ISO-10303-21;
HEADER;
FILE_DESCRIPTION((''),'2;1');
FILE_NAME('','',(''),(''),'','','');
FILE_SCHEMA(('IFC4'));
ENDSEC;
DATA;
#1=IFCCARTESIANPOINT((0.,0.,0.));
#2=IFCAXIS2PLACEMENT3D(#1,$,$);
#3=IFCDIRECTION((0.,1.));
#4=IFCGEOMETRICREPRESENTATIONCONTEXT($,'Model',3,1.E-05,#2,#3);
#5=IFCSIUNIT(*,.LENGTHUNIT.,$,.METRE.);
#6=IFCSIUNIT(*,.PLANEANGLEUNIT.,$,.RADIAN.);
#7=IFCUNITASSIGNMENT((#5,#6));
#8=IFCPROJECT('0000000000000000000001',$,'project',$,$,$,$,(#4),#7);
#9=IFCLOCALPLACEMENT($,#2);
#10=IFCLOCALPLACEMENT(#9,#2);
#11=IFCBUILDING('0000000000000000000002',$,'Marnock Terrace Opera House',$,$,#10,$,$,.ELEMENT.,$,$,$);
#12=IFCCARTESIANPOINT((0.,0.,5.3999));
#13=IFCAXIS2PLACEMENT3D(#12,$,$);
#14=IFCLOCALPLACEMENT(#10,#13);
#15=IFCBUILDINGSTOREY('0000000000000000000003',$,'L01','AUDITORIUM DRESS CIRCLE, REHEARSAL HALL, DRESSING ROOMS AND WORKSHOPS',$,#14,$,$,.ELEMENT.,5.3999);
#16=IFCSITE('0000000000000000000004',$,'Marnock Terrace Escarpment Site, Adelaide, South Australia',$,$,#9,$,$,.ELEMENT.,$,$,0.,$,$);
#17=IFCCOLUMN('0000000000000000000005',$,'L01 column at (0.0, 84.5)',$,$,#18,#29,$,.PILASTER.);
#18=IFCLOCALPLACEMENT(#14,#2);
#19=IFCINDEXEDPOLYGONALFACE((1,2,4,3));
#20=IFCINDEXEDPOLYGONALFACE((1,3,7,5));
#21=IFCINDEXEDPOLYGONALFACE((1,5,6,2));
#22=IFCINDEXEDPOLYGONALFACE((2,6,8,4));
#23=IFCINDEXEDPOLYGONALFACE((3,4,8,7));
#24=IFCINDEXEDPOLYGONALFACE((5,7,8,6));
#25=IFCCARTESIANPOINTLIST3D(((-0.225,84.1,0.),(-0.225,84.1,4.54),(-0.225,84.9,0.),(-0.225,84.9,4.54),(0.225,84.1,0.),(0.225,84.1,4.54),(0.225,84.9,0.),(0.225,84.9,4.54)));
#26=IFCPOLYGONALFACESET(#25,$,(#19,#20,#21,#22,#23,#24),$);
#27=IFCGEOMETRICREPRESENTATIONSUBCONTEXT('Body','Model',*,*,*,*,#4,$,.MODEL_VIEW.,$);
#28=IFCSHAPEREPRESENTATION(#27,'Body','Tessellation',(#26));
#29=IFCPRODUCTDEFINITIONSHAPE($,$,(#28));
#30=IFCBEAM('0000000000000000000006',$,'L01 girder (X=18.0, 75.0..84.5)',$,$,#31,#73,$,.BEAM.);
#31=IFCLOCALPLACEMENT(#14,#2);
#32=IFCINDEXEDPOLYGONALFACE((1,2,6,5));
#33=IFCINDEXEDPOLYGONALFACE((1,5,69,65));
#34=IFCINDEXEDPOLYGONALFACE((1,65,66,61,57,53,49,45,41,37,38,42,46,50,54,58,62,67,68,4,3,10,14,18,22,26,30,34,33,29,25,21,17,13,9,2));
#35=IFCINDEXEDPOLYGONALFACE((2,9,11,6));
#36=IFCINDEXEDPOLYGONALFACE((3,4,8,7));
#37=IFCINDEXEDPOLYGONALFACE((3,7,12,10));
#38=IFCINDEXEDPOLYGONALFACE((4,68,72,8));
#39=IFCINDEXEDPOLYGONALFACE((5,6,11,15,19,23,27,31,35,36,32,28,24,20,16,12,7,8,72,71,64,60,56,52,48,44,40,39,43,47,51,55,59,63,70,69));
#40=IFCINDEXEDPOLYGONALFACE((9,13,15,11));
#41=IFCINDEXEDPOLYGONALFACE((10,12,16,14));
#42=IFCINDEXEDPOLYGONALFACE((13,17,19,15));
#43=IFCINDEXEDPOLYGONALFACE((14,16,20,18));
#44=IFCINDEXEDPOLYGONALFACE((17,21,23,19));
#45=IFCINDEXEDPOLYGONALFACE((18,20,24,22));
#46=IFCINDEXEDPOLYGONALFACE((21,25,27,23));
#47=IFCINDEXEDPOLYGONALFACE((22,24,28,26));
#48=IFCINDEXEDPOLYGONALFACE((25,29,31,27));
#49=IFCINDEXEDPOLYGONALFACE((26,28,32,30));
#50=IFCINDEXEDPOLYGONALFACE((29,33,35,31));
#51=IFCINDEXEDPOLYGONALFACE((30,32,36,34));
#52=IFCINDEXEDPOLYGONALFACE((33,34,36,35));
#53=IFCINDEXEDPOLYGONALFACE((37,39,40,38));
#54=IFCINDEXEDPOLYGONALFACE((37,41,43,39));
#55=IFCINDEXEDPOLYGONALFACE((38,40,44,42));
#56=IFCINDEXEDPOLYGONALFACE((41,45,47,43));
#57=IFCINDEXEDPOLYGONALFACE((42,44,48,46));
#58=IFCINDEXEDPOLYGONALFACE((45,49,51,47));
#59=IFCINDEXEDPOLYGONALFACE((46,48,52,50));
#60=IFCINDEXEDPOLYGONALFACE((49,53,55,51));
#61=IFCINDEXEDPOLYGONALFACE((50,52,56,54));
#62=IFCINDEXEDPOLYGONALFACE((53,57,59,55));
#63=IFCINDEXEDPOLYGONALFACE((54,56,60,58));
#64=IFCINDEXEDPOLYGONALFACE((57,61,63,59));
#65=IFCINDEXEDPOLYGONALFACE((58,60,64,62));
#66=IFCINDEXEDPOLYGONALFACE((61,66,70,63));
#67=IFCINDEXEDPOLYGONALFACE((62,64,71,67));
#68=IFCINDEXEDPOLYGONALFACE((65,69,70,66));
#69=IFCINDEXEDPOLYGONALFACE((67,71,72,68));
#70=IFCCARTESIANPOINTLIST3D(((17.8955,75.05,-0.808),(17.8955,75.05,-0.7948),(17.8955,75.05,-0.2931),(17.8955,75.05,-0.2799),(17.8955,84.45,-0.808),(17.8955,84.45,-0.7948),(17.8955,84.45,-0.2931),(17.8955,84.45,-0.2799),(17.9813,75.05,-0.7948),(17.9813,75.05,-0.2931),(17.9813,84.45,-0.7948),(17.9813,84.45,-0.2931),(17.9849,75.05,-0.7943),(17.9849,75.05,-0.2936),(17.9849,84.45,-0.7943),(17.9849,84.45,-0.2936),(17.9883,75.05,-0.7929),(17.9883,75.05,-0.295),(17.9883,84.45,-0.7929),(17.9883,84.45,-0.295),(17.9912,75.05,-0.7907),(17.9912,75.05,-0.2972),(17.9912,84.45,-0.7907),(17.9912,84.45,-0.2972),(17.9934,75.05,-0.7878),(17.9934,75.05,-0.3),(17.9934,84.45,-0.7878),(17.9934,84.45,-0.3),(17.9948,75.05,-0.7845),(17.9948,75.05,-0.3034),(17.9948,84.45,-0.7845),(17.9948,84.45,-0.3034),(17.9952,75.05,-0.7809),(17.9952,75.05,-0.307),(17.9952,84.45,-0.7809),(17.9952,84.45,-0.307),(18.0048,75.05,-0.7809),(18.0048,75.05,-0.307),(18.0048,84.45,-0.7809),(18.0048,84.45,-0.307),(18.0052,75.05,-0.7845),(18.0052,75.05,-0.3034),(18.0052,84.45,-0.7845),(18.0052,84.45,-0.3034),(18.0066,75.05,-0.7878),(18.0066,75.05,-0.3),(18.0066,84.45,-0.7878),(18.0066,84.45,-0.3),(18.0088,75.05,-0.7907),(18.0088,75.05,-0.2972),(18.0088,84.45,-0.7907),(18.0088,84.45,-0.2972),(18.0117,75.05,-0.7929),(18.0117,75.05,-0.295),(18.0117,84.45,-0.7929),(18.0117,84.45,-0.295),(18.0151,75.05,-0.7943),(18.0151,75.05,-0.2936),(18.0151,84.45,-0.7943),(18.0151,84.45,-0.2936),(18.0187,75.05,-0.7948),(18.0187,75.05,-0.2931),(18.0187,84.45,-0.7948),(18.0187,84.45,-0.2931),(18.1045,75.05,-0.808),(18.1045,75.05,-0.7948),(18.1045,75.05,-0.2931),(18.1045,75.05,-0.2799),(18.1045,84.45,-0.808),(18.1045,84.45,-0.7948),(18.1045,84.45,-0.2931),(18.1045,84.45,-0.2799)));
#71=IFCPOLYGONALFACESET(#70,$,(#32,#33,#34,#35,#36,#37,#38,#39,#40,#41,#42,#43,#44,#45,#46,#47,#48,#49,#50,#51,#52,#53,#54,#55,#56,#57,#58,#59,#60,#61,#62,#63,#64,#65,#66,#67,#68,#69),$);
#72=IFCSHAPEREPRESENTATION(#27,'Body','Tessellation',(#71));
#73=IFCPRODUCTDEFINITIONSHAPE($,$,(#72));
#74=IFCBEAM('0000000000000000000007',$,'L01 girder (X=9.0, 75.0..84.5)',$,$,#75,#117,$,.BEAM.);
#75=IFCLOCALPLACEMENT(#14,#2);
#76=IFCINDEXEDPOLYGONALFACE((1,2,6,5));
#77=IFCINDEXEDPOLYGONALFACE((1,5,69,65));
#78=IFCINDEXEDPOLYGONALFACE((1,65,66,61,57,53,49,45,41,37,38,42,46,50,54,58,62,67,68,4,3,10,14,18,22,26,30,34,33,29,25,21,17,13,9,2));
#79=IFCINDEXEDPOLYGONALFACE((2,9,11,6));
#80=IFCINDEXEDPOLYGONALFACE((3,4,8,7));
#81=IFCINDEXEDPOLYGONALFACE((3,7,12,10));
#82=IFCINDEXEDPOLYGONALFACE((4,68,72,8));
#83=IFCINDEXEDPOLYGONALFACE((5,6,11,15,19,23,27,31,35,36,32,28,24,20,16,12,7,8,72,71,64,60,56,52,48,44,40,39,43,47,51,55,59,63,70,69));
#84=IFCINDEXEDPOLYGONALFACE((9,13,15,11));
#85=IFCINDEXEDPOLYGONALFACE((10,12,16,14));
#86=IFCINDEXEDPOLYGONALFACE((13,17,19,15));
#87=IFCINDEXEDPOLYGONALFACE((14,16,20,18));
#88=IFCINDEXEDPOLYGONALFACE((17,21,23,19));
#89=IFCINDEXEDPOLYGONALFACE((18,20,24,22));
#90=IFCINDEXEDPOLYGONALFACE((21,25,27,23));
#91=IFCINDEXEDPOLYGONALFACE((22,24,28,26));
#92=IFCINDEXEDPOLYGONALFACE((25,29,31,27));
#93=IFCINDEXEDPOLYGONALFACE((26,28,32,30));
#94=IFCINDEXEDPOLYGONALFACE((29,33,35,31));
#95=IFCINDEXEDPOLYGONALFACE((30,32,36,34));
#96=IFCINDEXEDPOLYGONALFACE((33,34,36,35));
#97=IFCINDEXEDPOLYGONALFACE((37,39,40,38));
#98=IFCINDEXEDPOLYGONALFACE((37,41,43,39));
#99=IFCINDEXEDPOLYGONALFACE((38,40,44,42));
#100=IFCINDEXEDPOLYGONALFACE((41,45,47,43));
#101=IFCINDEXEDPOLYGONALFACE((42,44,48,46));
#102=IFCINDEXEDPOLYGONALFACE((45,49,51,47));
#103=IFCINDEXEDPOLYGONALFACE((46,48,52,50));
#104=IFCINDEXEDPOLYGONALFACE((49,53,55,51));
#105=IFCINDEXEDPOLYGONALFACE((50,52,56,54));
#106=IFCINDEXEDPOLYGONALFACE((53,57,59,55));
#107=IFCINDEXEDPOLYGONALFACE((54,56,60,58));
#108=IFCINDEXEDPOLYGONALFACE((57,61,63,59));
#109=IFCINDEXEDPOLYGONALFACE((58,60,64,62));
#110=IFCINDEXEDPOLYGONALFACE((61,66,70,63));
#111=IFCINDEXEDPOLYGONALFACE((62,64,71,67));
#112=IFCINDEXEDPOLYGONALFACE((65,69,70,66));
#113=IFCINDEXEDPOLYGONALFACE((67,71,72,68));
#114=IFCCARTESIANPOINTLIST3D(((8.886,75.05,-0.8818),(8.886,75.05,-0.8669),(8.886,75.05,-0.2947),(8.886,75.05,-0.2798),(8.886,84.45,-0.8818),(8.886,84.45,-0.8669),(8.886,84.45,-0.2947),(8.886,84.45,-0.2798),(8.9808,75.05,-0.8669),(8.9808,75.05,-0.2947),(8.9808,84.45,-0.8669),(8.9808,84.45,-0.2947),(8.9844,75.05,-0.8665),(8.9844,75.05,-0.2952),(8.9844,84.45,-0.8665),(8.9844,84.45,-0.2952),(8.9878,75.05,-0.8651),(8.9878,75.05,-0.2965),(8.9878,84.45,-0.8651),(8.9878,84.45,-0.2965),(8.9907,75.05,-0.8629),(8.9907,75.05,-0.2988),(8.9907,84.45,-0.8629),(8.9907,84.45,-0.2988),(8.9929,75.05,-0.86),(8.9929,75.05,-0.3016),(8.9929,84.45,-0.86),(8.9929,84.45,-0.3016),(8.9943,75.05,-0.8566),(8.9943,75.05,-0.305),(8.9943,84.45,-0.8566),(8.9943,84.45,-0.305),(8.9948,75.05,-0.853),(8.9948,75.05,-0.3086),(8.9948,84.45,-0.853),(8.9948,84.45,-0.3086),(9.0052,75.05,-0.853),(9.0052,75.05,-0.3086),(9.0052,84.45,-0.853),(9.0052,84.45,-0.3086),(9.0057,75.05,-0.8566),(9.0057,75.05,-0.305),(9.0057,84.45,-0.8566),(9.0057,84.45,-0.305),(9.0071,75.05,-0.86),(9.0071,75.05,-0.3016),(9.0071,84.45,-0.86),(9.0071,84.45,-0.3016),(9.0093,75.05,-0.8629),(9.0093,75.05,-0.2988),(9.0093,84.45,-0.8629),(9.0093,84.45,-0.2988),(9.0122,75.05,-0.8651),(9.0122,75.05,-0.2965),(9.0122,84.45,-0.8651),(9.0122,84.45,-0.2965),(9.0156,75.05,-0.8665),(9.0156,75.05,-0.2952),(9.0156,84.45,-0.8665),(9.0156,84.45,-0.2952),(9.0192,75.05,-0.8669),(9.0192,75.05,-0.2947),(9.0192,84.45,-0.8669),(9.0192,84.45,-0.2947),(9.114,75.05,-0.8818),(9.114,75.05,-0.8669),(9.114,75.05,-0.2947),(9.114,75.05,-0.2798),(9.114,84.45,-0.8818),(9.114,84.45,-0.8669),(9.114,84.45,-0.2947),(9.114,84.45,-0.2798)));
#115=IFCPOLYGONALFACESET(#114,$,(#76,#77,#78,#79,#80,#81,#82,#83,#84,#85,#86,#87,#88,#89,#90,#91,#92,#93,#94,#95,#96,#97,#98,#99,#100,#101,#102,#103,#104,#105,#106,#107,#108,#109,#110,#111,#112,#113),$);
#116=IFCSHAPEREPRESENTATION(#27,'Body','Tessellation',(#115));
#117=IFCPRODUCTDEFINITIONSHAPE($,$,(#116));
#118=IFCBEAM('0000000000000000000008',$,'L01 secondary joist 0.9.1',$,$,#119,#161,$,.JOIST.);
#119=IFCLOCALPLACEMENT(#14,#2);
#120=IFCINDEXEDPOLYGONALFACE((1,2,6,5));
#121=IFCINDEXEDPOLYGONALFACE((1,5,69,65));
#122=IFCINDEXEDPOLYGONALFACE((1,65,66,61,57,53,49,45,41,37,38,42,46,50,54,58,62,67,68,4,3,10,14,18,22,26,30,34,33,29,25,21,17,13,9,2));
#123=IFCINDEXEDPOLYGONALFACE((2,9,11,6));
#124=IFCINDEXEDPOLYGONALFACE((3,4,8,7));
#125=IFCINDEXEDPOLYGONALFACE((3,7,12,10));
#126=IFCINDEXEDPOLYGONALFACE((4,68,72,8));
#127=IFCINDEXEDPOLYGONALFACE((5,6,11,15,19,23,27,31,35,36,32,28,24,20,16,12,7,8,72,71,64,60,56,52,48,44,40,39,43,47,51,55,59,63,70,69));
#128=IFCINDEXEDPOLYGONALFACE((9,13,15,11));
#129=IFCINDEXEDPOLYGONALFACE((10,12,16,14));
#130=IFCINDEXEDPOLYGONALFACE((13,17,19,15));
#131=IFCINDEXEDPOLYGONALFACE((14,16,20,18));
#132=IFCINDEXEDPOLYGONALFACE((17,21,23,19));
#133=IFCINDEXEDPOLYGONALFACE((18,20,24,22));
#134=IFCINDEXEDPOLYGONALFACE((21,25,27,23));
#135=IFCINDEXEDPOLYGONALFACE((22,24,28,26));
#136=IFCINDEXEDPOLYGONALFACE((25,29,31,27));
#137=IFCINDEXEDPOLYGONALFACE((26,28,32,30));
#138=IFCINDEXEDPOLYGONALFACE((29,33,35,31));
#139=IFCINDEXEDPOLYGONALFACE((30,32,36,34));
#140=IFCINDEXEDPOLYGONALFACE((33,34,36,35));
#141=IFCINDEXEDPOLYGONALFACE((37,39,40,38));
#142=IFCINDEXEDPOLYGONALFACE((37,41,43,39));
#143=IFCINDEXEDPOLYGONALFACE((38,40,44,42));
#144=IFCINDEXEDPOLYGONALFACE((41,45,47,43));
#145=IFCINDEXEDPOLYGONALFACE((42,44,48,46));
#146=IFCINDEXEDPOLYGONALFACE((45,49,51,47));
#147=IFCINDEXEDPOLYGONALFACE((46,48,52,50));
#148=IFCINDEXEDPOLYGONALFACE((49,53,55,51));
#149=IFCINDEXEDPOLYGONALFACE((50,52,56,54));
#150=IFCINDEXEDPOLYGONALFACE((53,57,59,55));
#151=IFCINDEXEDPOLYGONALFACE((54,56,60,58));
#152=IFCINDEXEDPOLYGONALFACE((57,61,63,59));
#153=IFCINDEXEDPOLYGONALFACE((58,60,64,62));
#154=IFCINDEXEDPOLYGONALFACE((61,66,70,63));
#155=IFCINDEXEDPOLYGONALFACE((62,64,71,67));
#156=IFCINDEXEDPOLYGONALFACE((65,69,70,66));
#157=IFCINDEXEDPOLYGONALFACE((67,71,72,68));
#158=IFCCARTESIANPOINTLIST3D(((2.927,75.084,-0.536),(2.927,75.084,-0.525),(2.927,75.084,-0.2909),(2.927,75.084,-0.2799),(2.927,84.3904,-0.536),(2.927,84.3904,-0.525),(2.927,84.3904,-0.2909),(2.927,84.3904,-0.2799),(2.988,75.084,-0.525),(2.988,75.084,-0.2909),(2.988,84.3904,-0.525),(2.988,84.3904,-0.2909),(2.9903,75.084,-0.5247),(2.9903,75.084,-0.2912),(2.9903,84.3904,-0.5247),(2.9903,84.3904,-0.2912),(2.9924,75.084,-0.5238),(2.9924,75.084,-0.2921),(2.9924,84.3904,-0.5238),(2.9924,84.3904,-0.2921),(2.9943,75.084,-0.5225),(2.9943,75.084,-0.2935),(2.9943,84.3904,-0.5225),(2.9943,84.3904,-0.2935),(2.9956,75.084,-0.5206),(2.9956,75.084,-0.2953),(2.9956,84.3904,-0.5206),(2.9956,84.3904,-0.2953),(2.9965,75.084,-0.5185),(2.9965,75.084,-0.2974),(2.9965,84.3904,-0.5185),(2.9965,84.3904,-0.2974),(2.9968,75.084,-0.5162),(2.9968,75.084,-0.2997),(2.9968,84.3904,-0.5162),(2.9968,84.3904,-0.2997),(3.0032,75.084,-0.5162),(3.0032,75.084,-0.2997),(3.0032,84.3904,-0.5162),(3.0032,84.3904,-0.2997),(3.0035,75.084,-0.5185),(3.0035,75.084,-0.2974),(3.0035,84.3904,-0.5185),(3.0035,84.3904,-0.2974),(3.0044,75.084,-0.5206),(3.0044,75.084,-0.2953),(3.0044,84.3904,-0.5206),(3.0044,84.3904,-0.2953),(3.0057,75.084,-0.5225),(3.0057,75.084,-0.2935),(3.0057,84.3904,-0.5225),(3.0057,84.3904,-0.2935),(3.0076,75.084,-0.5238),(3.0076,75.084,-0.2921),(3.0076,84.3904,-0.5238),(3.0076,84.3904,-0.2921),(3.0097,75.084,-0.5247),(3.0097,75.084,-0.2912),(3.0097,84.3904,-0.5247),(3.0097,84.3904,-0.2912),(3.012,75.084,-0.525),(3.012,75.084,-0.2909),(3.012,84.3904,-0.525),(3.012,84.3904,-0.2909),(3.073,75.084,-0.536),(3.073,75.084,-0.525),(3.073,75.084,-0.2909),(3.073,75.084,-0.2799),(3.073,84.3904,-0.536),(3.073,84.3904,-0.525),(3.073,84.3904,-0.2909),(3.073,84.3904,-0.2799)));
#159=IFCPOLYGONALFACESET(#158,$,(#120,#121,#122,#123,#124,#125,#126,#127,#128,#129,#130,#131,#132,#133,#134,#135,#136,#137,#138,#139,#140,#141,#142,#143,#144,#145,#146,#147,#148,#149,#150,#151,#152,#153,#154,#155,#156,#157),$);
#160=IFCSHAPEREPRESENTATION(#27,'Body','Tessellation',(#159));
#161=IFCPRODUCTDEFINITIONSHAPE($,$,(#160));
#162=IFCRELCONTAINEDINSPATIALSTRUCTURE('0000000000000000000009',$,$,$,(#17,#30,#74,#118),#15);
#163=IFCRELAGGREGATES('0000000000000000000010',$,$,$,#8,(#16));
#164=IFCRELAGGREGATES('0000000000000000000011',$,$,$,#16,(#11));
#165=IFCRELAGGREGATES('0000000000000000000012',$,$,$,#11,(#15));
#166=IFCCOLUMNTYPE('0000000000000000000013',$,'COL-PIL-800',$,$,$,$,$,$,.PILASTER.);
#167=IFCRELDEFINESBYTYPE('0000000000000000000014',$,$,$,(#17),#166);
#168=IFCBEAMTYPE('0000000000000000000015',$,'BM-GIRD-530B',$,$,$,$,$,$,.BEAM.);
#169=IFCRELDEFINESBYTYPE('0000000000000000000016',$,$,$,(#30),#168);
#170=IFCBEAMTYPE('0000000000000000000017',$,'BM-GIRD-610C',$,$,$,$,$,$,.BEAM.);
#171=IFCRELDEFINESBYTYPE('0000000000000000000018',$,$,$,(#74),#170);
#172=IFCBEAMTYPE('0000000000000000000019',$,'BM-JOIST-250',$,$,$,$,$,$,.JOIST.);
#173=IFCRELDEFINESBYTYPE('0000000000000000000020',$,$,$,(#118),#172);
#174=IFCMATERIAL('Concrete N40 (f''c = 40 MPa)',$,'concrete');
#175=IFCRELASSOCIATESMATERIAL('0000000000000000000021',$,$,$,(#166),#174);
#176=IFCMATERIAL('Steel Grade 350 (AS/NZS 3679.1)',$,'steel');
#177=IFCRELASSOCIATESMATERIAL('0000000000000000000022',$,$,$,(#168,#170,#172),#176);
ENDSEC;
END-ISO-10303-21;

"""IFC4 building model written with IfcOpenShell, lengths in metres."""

from ifc_helpers import new_model, si_unit, direction, frame, origin, origin_2d, place, context, subcontext, project, spatial, rectangle, i_section, extrude, material, material_profile, profile_set, type_object, element, save


model = new_model("IFC4")

# Units and contexts
model_context = context("Model", 3, precision=1e-05, world=origin(), true_north=direction((0.0, 1.0)))
body_context = subcontext(model_context, "Body", "Model", "MODEL_VIEW")
ifc_project = project(units=[si_unit("LENGTHUNIT", "METRE"), si_unit("PLANEANGLEUNIT", "RADIAN")], contexts=[model_context])

# Site, building, storey
site_placement = place(None, origin())
site = spatial("IfcSite", under=ifc_project, at=site_placement, Name="Marnock Terrace Escarpment Site, Adelaide, South Australia", CompositionType="ELEMENT", RefElevation=0.0)
building_placement = place(site_placement, origin())
building = spatial("IfcBuilding", under=site, at=building_placement, Name="Marnock Terrace Opera House", CompositionType="ELEMENT")
storey_placement = place(building_placement, frame((0.0, 0.0, 5.3999)))
storey = spatial("IfcBuildingStorey", under=building, at=storey_placement, Name="L01", Description="AUDITORIUM DRESS CIRCLE, REHEARSAL HALL, DRESSING ROOMS AND WORKSHOPS", CompositionType="ELEMENT", Elevation=5.3999)

# Column
ifc_material_1 = material(Name="Concrete N40 (f'c = 40 MPa)", Category="concrete")
ifc_material_profile_1 = material_profile(ifc_material_1, rectangle(XDim=0.45, YDim=0.8, at=origin_2d()))
ifc_profile_set_1 = profile_set([ifc_material_profile_1], Name="Concrete N40 (f'c = 40 MPa)")
column_type = type_object("IfcColumnType", Name="COL-PIL-800", PredefinedType="PILASTER", material=ifc_profile_set_1)
column_placement = place(storey_placement, frame((0.0, 84.5, 0.0), z_axis=(0.0, 0.0, 1.0), x_axis=(1.0, 0.0, 0.0)))
element("IfcColumn", 1, at=column_placement, inside=storey, type_object=column_type, Name="L01 column at (0.0, 84.5)", PredefinedType="PILASTER", context=body_context, shape_type="SweptSolid", body=[
    extrude(rectangle(XDim=0.45, YDim=0.8, at=origin_2d()), origin(), (0.0, 0.0, 1.0), 4.54),
])

# Beams
ifc_material_2 = material(Name="Steel Grade 350 (AS/NZS 3679.1)", Category="steel")
ifc_material_profile_2 = material_profile(ifc_material_2, i_section(OverallWidth=0.209, OverallDepth=0.5281, WebThickness=0.0095, FlangeThickness=0.0132, FilletRadius=0.0139, at=origin_2d()))
ifc_profile_set_2 = profile_set([ifc_material_profile_2], Name="Steel Grade 350 (AS/NZS 3679.1)")
beam_type_1 = type_object("IfcBeamType", Name="BM-GIRD-530B", PredefinedType="BEAM", material=ifc_profile_set_2)
beam_1_placement = place(storey_placement, frame((18.0, 75.05, -0.5439), z_axis=(0.0, 1.0, 0.0), x_axis=(-1.0, 0.0, 0.0)))
element("IfcBeam", 2, at=beam_1_placement, inside=storey, type_object=beam_type_1, Name="L01 girder (X=18.0, 75.0..84.5)", PredefinedType="BEAM", context=body_context, shape_type="SweptSolid", body=[
    extrude(i_section(OverallWidth=0.209, OverallDepth=0.5281, WebThickness=0.0095, FlangeThickness=0.0132, FilletRadius=0.0139, at=origin_2d()), origin(), (0.0, 0.0, 1.0), 9.3999),
])
ifc_material_profile_3 = material_profile(ifc_material_2, i_section(OverallWidth=0.228, OverallDepth=0.6021, WebThickness=0.0105, FlangeThickness=0.0149, FilletRadius=0.0139, at=origin_2d()))
ifc_profile_set_3 = profile_set([ifc_material_profile_3], Name="Steel Grade 350 (AS/NZS 3679.1)")
beam_type_2 = type_object("IfcBeamType", Name="BM-GIRD-610C", PredefinedType="BEAM", material=ifc_profile_set_3)
beam_2_placement = place(storey_placement, frame((9.0, 75.05, -0.5808), z_axis=(0.0, 1.0, 0.0), x_axis=(-1.0, 0.0, 0.0)))
element("IfcBeam", 3, at=beam_2_placement, inside=storey, type_object=beam_type_2, Name="L01 girder (X=9.0, 75.0..84.5)", PredefinedType="BEAM", context=body_context, shape_type="SweptSolid", body=[
    extrude(i_section(OverallWidth=0.228, OverallDepth=0.6021, WebThickness=0.0105, FlangeThickness=0.0149, FilletRadius=0.0139, at=origin_2d()), origin(), (0.0, 0.0, 1.0), 9.3999),
])
ifc_material_profile_4 = material_profile(ifc_material_2, i_section(OverallWidth=0.146, OverallDepth=0.2561, WebThickness=0.0063, FlangeThickness=0.011, FilletRadius=0.0088, at=origin_2d()))
ifc_profile_set_4 = profile_set([ifc_material_profile_4], Name="Steel Grade 350 (AS/NZS 3679.1)")
beam_type_3 = type_object("IfcBeamType", Name="BM-JOIST-250", PredefinedType="JOIST", material=ifc_profile_set_4)
for number, where, z_axis, x_axis, name in (
    (4, (3.0, 75.084, -0.408), (0.0, 1.0, 0.0), (-1.0, 0.0, 0.0), "L01 secondary joist 0.9.1"),
):
    element("IfcBeam", number, at=place(storey_placement, frame(where, z_axis=z_axis, x_axis=x_axis)), inside=storey, type_object=beam_type_3, Name=name, PredefinedType="JOIST", context=body_context, shape_type="SweptSolid", body=[
        extrude(i_section(OverallWidth=0.146, OverallDepth=0.2561, WebThickness=0.0063, FlangeThickness=0.011, FilletRadius=0.0088, at=origin_2d()), origin(), (0.0, 0.0, 1.0), 9.3064),
    ])

save(model, "model.ifc")
